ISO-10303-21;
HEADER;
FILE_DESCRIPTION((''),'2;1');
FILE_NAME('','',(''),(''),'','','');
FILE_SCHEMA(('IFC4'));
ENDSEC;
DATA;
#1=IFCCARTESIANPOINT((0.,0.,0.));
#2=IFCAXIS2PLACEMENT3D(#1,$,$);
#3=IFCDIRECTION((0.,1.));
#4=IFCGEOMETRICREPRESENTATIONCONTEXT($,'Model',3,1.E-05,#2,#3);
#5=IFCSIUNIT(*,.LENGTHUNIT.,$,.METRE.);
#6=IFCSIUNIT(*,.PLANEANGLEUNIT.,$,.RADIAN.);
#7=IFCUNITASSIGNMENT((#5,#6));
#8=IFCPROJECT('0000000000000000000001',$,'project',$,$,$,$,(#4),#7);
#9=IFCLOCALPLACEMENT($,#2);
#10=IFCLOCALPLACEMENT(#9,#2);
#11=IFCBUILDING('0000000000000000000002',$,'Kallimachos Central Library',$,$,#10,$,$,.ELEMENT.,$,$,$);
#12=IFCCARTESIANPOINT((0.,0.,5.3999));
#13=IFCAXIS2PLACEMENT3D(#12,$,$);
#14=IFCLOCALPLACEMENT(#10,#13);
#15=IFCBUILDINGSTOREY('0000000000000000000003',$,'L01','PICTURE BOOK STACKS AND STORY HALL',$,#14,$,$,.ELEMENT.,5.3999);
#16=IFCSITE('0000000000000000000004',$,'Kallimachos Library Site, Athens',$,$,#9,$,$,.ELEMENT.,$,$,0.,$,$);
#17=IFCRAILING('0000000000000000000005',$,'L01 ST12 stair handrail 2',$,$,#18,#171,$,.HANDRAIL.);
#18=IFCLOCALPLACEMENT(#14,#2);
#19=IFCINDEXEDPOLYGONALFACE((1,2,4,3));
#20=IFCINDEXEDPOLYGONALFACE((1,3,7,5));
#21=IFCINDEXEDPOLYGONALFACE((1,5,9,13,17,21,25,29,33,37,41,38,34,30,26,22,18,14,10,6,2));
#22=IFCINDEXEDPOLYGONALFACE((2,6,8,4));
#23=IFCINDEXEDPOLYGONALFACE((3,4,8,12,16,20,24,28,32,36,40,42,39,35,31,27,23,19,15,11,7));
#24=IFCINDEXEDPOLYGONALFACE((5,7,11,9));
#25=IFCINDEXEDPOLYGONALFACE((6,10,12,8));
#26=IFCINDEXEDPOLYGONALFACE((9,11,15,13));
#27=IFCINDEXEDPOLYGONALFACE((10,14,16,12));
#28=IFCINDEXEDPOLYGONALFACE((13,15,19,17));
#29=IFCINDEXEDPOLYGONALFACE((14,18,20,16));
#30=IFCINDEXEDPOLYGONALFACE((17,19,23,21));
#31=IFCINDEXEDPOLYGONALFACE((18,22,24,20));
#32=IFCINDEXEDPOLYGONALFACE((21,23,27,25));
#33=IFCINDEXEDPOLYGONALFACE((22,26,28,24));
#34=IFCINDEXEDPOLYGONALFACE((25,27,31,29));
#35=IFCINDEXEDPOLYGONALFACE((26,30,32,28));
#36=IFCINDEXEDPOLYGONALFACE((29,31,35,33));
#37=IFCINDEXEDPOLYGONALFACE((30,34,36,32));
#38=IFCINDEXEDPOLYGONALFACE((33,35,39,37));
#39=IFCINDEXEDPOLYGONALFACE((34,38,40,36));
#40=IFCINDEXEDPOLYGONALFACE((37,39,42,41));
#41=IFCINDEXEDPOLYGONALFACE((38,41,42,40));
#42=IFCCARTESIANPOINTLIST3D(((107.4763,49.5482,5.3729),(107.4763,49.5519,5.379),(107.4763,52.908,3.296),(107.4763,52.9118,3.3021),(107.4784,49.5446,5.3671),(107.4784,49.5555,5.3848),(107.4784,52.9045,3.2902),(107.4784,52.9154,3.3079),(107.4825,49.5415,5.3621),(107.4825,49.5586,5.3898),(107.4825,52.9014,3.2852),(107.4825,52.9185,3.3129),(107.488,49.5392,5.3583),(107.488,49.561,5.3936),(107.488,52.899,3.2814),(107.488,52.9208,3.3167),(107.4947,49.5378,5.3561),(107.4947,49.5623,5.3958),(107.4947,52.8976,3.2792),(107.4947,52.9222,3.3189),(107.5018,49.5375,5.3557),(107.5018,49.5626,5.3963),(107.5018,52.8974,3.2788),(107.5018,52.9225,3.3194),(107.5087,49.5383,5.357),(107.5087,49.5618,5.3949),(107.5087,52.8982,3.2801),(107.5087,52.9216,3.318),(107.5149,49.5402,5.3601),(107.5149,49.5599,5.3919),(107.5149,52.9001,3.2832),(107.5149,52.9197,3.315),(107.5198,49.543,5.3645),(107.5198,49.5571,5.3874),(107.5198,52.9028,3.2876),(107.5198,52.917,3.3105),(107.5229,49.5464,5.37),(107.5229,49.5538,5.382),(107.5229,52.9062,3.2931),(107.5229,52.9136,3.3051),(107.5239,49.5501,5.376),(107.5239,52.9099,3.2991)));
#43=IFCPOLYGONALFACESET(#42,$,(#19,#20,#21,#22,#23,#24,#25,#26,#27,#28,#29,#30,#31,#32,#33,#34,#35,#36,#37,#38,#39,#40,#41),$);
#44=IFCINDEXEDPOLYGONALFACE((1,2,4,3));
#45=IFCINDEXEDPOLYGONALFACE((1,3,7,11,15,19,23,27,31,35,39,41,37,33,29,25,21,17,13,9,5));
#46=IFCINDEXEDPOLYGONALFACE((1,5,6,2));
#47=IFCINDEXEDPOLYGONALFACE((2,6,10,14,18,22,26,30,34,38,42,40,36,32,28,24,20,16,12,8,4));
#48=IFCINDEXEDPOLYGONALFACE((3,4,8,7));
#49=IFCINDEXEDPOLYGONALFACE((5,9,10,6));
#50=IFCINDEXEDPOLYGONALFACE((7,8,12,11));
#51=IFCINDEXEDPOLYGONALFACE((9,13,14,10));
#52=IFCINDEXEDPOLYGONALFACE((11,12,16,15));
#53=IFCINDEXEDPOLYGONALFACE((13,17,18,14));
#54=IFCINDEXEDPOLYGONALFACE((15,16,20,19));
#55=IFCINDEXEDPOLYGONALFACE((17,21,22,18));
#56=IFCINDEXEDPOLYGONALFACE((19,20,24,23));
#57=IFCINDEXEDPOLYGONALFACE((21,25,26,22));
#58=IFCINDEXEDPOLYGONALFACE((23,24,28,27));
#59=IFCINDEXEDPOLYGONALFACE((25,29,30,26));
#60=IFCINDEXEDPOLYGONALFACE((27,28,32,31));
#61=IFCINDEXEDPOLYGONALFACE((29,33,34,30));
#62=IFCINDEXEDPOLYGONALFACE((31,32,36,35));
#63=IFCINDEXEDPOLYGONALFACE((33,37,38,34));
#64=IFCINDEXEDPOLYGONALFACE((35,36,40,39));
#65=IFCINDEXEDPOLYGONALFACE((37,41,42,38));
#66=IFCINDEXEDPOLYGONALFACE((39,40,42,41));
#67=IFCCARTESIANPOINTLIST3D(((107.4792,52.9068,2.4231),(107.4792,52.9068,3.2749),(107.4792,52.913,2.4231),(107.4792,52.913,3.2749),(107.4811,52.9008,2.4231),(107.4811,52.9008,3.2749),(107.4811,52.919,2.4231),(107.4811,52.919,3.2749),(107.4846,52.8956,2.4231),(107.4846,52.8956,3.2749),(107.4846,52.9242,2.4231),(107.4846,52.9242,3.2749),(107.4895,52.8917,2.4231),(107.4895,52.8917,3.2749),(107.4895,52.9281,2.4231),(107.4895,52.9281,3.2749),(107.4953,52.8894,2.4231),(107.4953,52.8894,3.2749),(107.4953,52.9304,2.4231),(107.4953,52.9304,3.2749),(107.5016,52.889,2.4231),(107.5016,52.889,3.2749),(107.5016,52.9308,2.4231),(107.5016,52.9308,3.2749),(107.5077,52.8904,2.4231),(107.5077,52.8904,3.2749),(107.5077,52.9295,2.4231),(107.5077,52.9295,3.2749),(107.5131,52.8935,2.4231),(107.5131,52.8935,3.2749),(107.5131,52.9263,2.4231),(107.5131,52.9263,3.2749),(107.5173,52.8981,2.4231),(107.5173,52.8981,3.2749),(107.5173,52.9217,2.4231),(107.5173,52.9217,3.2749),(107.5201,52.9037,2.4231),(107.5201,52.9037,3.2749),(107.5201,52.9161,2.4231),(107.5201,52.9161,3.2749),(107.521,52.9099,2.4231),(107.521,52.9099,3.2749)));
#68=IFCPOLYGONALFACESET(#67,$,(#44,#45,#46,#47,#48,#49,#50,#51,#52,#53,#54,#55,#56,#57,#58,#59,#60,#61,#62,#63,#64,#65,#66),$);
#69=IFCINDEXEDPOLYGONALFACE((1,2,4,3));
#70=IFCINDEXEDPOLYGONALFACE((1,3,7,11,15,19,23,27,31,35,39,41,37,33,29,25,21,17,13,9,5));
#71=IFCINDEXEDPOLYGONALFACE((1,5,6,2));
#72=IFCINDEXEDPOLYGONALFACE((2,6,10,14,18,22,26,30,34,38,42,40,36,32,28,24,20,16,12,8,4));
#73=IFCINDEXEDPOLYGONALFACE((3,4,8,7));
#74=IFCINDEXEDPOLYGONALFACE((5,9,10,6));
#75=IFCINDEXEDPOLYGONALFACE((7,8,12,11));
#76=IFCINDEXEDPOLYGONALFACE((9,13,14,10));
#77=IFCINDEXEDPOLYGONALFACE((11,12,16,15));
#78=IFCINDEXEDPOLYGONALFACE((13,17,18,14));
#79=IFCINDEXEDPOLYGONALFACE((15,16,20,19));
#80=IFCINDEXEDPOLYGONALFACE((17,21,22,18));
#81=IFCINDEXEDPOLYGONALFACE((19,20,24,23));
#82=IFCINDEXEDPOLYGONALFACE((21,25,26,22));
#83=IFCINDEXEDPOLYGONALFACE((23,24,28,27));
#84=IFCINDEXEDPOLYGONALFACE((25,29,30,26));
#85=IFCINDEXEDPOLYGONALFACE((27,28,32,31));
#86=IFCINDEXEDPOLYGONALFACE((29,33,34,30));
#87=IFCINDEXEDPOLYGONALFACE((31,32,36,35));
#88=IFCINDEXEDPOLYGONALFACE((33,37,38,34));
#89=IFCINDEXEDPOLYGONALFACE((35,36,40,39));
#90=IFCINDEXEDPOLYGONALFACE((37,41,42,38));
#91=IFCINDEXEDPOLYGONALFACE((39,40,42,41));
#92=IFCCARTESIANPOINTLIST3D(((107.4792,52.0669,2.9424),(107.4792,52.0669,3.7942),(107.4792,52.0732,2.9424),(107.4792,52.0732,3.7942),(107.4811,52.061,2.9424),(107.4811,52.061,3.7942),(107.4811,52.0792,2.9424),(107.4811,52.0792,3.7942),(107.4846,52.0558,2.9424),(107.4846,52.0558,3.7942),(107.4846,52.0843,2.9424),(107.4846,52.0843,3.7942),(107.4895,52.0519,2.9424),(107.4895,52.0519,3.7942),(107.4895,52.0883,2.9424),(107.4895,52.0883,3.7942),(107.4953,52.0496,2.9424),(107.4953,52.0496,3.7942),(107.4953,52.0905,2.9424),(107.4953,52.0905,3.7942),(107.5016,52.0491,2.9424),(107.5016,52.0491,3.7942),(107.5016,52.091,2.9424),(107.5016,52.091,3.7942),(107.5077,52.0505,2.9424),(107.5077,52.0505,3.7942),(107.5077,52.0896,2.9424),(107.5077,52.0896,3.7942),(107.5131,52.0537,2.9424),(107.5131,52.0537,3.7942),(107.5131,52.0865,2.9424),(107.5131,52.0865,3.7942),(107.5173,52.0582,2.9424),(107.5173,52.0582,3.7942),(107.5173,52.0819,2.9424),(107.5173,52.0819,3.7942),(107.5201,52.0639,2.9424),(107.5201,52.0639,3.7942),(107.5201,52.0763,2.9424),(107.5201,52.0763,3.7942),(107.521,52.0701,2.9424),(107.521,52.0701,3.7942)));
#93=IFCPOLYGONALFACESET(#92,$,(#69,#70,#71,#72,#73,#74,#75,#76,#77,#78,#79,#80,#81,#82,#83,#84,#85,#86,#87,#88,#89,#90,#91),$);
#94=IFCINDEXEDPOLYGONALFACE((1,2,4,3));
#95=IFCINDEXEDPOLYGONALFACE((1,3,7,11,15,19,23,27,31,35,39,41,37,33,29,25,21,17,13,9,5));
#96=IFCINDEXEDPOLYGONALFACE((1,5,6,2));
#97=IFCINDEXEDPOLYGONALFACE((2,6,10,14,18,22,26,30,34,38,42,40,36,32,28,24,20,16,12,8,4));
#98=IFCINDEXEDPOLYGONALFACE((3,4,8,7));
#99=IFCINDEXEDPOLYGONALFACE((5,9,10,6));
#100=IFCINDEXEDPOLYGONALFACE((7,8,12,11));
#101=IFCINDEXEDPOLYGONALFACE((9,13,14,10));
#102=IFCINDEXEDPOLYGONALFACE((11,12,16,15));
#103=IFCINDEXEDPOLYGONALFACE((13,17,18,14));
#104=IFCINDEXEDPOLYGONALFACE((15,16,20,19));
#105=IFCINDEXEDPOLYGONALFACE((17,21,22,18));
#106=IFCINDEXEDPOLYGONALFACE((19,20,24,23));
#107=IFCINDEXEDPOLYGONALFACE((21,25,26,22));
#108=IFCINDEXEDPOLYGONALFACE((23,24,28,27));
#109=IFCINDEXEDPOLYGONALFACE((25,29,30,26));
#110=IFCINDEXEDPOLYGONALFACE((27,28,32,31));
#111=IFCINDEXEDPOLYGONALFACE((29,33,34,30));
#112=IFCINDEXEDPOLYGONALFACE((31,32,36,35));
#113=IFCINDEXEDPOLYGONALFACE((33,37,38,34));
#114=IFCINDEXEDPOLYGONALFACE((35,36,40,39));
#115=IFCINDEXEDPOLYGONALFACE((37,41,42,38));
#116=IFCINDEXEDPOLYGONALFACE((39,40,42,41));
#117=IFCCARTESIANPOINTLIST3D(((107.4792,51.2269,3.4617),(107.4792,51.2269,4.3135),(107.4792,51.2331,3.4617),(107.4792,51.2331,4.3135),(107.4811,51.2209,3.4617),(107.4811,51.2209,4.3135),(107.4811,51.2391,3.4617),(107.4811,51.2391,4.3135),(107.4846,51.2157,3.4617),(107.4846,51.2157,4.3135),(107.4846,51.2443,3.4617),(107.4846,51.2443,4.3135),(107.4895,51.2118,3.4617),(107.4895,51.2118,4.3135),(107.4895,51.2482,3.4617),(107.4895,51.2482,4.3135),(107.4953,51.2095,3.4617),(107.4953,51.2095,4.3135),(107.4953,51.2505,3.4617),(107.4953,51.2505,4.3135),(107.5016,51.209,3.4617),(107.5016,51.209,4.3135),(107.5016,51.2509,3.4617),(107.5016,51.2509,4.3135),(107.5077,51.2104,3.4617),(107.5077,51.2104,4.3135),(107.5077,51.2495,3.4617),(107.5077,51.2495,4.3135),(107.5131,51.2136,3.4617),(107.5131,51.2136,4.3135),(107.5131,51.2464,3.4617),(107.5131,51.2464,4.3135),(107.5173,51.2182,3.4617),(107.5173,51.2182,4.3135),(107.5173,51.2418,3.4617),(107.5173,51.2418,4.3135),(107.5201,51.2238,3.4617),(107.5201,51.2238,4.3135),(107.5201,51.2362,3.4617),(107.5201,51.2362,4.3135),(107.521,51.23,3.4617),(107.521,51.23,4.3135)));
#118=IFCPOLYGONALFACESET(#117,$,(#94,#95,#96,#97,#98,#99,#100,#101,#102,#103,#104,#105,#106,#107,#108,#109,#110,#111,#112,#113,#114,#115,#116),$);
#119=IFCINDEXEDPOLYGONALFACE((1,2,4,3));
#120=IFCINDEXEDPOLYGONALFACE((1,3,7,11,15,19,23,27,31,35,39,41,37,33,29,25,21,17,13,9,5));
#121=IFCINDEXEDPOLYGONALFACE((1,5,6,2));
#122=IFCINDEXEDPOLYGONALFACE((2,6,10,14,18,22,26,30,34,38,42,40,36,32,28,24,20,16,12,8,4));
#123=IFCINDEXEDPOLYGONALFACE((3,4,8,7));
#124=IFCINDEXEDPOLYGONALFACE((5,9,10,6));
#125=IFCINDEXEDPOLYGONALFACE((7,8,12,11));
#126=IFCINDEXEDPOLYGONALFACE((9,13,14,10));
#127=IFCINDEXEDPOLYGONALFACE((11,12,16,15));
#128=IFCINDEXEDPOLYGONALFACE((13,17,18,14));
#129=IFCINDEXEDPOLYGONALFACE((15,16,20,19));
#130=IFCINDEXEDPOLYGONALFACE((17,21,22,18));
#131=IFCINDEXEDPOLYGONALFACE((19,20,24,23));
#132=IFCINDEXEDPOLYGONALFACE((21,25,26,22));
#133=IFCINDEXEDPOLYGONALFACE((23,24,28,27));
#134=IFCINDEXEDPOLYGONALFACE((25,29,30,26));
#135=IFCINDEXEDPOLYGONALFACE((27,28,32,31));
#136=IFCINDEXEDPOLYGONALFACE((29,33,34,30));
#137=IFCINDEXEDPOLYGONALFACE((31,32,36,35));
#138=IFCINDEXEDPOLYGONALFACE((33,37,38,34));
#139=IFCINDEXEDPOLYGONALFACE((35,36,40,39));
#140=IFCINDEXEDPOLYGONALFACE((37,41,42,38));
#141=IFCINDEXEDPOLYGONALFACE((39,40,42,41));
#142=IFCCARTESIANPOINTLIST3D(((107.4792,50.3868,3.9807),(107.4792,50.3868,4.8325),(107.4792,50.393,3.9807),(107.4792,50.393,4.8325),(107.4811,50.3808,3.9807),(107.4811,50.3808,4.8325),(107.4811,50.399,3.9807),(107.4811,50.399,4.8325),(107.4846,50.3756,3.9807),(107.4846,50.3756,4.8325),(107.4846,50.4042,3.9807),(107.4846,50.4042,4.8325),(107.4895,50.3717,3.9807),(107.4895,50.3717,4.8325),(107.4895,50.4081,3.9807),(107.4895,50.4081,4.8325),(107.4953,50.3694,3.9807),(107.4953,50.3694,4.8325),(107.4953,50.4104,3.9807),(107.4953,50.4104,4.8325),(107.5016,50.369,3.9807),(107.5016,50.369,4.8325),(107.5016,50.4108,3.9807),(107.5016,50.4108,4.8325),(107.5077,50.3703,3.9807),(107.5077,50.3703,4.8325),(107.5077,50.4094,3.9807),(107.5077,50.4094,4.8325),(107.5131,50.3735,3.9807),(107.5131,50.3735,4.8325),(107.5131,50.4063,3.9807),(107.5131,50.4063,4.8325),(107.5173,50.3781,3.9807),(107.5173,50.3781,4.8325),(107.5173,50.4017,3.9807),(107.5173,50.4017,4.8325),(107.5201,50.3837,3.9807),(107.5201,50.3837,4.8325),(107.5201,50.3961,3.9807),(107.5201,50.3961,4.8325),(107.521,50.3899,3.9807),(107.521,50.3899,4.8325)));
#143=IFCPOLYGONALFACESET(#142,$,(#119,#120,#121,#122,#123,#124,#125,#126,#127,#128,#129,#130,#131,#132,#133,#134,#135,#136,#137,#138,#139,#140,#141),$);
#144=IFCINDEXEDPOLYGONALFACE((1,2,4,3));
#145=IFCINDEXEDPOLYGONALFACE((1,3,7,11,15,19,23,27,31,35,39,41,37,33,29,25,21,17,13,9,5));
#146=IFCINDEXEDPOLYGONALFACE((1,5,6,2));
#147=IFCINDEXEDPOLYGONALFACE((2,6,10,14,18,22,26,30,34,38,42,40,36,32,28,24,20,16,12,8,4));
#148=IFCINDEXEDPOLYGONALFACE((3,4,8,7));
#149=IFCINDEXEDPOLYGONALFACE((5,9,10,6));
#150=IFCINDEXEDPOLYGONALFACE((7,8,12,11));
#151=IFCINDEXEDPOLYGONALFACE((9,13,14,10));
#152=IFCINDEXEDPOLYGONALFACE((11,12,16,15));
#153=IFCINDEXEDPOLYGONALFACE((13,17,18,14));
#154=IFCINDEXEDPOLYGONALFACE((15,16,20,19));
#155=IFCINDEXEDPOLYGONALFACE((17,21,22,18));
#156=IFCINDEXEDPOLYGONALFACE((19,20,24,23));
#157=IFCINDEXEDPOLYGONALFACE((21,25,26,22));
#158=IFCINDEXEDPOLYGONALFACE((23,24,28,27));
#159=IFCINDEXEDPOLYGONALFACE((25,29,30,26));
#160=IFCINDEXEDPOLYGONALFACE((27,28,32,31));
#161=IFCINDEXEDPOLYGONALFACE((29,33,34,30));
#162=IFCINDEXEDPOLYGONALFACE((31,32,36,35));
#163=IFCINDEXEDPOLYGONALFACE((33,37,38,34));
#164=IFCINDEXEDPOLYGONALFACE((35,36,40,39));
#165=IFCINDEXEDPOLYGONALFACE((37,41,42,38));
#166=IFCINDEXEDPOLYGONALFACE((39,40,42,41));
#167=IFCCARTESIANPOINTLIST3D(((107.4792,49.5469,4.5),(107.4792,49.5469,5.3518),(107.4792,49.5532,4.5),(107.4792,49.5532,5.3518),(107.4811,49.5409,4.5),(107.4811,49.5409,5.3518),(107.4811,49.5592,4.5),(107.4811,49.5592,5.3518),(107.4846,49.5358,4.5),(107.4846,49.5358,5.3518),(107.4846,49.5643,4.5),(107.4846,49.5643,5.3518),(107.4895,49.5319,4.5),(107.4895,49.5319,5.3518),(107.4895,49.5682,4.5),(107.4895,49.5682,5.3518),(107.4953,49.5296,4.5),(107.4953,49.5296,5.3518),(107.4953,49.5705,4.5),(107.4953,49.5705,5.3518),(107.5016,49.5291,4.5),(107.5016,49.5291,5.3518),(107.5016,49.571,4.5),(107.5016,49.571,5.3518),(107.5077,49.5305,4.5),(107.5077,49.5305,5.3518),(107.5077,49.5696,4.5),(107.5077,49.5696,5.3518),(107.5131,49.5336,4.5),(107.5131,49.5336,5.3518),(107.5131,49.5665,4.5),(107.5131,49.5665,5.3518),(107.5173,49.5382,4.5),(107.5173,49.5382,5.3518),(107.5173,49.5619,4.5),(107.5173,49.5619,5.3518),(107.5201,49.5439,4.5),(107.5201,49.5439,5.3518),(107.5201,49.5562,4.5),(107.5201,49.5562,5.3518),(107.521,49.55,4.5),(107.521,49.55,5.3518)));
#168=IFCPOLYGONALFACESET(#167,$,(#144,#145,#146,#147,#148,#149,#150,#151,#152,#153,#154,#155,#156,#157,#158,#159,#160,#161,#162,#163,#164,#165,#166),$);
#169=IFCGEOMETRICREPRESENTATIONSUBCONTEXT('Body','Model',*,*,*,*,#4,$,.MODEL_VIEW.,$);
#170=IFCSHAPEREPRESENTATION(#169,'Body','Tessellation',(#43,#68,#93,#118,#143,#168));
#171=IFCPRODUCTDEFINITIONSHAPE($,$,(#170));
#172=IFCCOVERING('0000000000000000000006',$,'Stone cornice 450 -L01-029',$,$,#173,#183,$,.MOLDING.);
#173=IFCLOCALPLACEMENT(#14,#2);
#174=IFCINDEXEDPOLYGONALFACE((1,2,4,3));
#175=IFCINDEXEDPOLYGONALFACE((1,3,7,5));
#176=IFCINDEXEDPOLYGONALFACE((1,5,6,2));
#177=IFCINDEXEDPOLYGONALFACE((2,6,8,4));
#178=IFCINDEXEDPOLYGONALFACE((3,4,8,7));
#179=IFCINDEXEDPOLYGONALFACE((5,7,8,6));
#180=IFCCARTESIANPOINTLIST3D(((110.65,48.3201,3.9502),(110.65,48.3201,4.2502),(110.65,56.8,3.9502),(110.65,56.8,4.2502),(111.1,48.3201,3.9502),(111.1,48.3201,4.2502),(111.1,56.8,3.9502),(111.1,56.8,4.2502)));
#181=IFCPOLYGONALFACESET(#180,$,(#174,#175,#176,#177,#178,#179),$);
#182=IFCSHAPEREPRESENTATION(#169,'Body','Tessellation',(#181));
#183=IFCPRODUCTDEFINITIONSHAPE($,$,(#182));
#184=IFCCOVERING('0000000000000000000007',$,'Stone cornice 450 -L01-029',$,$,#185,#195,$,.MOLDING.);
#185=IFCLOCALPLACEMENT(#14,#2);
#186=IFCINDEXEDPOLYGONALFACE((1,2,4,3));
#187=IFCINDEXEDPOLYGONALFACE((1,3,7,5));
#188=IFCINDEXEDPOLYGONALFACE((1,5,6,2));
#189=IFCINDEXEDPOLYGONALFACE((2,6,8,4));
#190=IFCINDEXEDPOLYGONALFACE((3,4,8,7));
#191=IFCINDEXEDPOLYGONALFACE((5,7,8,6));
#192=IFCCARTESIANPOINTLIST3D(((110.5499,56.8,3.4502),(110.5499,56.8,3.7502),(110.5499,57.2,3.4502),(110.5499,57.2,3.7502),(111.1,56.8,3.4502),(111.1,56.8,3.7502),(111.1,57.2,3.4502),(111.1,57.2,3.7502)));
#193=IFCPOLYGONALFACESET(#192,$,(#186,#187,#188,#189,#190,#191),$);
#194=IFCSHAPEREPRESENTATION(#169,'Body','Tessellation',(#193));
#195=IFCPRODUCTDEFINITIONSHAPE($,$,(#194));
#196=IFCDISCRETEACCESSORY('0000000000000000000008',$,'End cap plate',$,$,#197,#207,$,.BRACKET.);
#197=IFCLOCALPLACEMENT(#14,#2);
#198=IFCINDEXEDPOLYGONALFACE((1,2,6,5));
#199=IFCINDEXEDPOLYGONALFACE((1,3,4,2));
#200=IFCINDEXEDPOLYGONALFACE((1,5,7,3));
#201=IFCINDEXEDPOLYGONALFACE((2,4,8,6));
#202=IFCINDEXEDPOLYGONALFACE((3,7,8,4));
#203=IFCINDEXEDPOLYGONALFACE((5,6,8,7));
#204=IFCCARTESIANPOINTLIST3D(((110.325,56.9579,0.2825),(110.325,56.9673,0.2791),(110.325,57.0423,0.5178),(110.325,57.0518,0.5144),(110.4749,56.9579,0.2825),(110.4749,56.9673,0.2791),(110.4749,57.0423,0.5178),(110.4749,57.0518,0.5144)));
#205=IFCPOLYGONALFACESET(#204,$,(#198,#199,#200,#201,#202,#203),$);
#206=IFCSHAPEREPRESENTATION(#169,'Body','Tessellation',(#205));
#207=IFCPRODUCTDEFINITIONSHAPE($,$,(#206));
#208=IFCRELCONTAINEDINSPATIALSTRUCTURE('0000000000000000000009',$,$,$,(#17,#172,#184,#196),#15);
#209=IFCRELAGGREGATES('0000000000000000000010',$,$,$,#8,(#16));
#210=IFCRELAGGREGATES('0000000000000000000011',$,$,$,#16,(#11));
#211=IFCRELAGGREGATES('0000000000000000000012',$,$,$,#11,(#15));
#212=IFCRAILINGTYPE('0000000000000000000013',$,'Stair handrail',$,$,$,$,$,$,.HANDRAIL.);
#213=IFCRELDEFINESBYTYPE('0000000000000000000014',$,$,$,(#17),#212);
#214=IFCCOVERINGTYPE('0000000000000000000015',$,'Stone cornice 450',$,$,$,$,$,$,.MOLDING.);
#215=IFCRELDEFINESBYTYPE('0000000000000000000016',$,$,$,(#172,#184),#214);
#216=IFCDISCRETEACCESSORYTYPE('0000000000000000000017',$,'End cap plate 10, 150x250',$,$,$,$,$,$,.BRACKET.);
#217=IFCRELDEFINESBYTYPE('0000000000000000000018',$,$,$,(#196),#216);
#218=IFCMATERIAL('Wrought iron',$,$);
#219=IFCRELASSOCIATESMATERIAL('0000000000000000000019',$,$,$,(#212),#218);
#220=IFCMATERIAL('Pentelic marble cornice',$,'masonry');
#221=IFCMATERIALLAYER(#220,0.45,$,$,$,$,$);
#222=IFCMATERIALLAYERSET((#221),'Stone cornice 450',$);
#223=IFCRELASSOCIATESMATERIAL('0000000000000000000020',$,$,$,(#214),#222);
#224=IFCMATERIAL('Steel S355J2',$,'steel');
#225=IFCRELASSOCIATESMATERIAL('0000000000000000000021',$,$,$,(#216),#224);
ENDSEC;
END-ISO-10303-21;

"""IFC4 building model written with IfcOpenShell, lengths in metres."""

from ifc_helpers import new_model, si_unit, direction, frame, origin, origin_2d, place, context, subcontext, project, spatial, rectangle, circle, extrude, material, layer, layer_set, material_profile, profile_set, type_object, element, save


model = new_model("IFC4")

# Units and contexts
model_context = context("Model", 3, precision=1e-05, world=origin(), true_north=direction((0.0, 1.0)))
body_context = subcontext(model_context, "Body", "Model", "MODEL_VIEW")
ifc_project = project(units=[si_unit("LENGTHUNIT", "METRE"), si_unit("PLANEANGLEUNIT", "RADIAN")], contexts=[model_context])

# Site, building, storey
site_placement = place(None, origin())
site = spatial("IfcSite", under=ifc_project, at=site_placement, Name="Kallimachos Library Site, Athens", CompositionType="ELEMENT", RefElevation=0.0)
building_placement = place(site_placement, origin())
building = spatial("IfcBuilding", under=site, at=building_placement, Name="Kallimachos Central Library", CompositionType="ELEMENT")
storey_placement = place(building_placement, frame((0.0, 0.0, 5.3999)))
storey = spatial("IfcBuildingStorey", under=building, at=storey_placement, Name="L01", Description="PICTURE BOOK STACKS AND STORY HALL", CompositionType="ELEMENT", Elevation=5.3999)

# Railing
ifc_material_1 = material(Name="Wrought iron")
railing_type_1 = type_object("IfcRailingType", Name="Stair handrail", PredefinedType="HANDRAIL", material=ifc_material_1)
railing_1_placement = place(storey_placement, frame((107.5, 52.9099, 2.4231)))
element("IfcRailing", 1, at=railing_1_placement, inside=storey, type_object=railing_type_1, Name="L01 ST12 stair handrail 2", PredefinedType="HANDRAIL", context=body_context, shape_type="SweptSolid", body=[
    extrude(circle(Radius=0.0239, at=origin_2d()), frame((0.0, 0.0, 0.876), z_axis=(0.0, -0.850606, 0.525803), x_axis=(1.0, 0.0, 0.0)), (0.0, 0.0, 1.0), 3.95),
    extrude(circle(Radius=0.021, at=origin_2d()), origin(), (0.0, 0.0, 1.0), 0.8518),
    extrude(circle(Radius=0.021, at=origin_2d()), frame((0.0, -0.8398, 0.5193)), (0.0, 0.0, 1.0), 0.8518),
    extrude(circle(Radius=0.021, at=origin_2d()), frame((0.0, -1.6799, 1.0386)), (0.0, 0.0, 1.0), 0.8518),
    extrude(circle(Radius=0.021, at=origin_2d()), frame((0.0, -2.52, 1.5576)), (0.0, 0.0, 1.0), 0.8518),
    extrude(circle(Radius=0.021, at=origin_2d()), frame((0.0, -3.3599, 2.0769)), (0.0, 0.0, 1.0), 0.8518),
])

# Coverings
ifc_material_2 = material(Name="Pentelic marble cornice", Category="masonry")
ifc_layer_1 = layer(ifc_material_2, 0.45)
ifc_layer_set_1 = layer_set([ifc_layer_1], Name="Stone cornice 450")
covering_type_1 = type_object("IfcCoveringType", Name="Stone cornice 450", PredefinedType="MOLDING", material=ifc_layer_set_1)
covering_1_placement = place(storey_placement, frame((110.875, 52.5601, 3.9502), z_axis=(0.0, 0.0, 1.0), x_axis=(1.0, 0.0, 0.0)))
element("IfcCovering", 2, at=covering_1_placement, inside=storey, type_object=covering_type_1, Name="Stone cornice 450 -L01-029", PredefinedType="MOLDING", context=body_context, shape_type="SweptSolid", body=[
    extrude(rectangle(XDim=0.45, YDim=8.48, at=origin_2d()), origin(), (0.0, 0.0, 1.0), 0.3),
])
covering_2_placement = place(storey_placement, frame((110.825, 57.0, 3.4502), z_axis=(0.0, 0.0, 1.0), x_axis=(1.0, 0.0, 0.0)))
element("IfcCovering", 3, at=covering_2_placement, inside=storey, type_object=covering_type_1, Name="Stone cornice 450 -L01-029", PredefinedType="MOLDING", context=body_context, shape_type="SweptSolid", body=[
    extrude(rectangle(XDim=0.55, YDim=0.3999, at=origin_2d()), origin(), (0.0, 0.0, 1.0), 0.3),
])

# Discrete accessory
ifc_material_3 = material(Name="Steel S355J2", Category="steel")
ifc_material_profile_1 = material_profile(ifc_material_3, rectangle(XDim=0.1499, YDim=0.25, at=origin_2d()), Name="End cap plate 10, 150x250")
ifc_profile_set_1 = profile_set([ifc_material_profile_1], Name="Steel S355J2")
discrete_accessory_type = type_object("IfcDiscreteAccessoryType", Name="End cap plate 10, 150x250", PredefinedType="BRACKET", material=ifc_profile_set_1)
discrete_accessory_placement = place(storey_placement, frame((110.3999, 57.0095, 0.3967), z_axis=(0.0, -0.941195, 0.337865), x_axis=(1.0, 0.0, 0.0)))
element("IfcDiscreteAccessory", 4, at=discrete_accessory_placement, inside=storey, type_object=discrete_accessory_type, Name="End cap plate", PredefinedType="BRACKET", context=body_context, shape_type="SweptSolid", body=[
    extrude(rectangle(XDim=0.1499, YDim=0.25, at=origin_2d()), origin(), (0.0, 0.0, 1.0), 0.01),
])

save(model, "model.ifc")
